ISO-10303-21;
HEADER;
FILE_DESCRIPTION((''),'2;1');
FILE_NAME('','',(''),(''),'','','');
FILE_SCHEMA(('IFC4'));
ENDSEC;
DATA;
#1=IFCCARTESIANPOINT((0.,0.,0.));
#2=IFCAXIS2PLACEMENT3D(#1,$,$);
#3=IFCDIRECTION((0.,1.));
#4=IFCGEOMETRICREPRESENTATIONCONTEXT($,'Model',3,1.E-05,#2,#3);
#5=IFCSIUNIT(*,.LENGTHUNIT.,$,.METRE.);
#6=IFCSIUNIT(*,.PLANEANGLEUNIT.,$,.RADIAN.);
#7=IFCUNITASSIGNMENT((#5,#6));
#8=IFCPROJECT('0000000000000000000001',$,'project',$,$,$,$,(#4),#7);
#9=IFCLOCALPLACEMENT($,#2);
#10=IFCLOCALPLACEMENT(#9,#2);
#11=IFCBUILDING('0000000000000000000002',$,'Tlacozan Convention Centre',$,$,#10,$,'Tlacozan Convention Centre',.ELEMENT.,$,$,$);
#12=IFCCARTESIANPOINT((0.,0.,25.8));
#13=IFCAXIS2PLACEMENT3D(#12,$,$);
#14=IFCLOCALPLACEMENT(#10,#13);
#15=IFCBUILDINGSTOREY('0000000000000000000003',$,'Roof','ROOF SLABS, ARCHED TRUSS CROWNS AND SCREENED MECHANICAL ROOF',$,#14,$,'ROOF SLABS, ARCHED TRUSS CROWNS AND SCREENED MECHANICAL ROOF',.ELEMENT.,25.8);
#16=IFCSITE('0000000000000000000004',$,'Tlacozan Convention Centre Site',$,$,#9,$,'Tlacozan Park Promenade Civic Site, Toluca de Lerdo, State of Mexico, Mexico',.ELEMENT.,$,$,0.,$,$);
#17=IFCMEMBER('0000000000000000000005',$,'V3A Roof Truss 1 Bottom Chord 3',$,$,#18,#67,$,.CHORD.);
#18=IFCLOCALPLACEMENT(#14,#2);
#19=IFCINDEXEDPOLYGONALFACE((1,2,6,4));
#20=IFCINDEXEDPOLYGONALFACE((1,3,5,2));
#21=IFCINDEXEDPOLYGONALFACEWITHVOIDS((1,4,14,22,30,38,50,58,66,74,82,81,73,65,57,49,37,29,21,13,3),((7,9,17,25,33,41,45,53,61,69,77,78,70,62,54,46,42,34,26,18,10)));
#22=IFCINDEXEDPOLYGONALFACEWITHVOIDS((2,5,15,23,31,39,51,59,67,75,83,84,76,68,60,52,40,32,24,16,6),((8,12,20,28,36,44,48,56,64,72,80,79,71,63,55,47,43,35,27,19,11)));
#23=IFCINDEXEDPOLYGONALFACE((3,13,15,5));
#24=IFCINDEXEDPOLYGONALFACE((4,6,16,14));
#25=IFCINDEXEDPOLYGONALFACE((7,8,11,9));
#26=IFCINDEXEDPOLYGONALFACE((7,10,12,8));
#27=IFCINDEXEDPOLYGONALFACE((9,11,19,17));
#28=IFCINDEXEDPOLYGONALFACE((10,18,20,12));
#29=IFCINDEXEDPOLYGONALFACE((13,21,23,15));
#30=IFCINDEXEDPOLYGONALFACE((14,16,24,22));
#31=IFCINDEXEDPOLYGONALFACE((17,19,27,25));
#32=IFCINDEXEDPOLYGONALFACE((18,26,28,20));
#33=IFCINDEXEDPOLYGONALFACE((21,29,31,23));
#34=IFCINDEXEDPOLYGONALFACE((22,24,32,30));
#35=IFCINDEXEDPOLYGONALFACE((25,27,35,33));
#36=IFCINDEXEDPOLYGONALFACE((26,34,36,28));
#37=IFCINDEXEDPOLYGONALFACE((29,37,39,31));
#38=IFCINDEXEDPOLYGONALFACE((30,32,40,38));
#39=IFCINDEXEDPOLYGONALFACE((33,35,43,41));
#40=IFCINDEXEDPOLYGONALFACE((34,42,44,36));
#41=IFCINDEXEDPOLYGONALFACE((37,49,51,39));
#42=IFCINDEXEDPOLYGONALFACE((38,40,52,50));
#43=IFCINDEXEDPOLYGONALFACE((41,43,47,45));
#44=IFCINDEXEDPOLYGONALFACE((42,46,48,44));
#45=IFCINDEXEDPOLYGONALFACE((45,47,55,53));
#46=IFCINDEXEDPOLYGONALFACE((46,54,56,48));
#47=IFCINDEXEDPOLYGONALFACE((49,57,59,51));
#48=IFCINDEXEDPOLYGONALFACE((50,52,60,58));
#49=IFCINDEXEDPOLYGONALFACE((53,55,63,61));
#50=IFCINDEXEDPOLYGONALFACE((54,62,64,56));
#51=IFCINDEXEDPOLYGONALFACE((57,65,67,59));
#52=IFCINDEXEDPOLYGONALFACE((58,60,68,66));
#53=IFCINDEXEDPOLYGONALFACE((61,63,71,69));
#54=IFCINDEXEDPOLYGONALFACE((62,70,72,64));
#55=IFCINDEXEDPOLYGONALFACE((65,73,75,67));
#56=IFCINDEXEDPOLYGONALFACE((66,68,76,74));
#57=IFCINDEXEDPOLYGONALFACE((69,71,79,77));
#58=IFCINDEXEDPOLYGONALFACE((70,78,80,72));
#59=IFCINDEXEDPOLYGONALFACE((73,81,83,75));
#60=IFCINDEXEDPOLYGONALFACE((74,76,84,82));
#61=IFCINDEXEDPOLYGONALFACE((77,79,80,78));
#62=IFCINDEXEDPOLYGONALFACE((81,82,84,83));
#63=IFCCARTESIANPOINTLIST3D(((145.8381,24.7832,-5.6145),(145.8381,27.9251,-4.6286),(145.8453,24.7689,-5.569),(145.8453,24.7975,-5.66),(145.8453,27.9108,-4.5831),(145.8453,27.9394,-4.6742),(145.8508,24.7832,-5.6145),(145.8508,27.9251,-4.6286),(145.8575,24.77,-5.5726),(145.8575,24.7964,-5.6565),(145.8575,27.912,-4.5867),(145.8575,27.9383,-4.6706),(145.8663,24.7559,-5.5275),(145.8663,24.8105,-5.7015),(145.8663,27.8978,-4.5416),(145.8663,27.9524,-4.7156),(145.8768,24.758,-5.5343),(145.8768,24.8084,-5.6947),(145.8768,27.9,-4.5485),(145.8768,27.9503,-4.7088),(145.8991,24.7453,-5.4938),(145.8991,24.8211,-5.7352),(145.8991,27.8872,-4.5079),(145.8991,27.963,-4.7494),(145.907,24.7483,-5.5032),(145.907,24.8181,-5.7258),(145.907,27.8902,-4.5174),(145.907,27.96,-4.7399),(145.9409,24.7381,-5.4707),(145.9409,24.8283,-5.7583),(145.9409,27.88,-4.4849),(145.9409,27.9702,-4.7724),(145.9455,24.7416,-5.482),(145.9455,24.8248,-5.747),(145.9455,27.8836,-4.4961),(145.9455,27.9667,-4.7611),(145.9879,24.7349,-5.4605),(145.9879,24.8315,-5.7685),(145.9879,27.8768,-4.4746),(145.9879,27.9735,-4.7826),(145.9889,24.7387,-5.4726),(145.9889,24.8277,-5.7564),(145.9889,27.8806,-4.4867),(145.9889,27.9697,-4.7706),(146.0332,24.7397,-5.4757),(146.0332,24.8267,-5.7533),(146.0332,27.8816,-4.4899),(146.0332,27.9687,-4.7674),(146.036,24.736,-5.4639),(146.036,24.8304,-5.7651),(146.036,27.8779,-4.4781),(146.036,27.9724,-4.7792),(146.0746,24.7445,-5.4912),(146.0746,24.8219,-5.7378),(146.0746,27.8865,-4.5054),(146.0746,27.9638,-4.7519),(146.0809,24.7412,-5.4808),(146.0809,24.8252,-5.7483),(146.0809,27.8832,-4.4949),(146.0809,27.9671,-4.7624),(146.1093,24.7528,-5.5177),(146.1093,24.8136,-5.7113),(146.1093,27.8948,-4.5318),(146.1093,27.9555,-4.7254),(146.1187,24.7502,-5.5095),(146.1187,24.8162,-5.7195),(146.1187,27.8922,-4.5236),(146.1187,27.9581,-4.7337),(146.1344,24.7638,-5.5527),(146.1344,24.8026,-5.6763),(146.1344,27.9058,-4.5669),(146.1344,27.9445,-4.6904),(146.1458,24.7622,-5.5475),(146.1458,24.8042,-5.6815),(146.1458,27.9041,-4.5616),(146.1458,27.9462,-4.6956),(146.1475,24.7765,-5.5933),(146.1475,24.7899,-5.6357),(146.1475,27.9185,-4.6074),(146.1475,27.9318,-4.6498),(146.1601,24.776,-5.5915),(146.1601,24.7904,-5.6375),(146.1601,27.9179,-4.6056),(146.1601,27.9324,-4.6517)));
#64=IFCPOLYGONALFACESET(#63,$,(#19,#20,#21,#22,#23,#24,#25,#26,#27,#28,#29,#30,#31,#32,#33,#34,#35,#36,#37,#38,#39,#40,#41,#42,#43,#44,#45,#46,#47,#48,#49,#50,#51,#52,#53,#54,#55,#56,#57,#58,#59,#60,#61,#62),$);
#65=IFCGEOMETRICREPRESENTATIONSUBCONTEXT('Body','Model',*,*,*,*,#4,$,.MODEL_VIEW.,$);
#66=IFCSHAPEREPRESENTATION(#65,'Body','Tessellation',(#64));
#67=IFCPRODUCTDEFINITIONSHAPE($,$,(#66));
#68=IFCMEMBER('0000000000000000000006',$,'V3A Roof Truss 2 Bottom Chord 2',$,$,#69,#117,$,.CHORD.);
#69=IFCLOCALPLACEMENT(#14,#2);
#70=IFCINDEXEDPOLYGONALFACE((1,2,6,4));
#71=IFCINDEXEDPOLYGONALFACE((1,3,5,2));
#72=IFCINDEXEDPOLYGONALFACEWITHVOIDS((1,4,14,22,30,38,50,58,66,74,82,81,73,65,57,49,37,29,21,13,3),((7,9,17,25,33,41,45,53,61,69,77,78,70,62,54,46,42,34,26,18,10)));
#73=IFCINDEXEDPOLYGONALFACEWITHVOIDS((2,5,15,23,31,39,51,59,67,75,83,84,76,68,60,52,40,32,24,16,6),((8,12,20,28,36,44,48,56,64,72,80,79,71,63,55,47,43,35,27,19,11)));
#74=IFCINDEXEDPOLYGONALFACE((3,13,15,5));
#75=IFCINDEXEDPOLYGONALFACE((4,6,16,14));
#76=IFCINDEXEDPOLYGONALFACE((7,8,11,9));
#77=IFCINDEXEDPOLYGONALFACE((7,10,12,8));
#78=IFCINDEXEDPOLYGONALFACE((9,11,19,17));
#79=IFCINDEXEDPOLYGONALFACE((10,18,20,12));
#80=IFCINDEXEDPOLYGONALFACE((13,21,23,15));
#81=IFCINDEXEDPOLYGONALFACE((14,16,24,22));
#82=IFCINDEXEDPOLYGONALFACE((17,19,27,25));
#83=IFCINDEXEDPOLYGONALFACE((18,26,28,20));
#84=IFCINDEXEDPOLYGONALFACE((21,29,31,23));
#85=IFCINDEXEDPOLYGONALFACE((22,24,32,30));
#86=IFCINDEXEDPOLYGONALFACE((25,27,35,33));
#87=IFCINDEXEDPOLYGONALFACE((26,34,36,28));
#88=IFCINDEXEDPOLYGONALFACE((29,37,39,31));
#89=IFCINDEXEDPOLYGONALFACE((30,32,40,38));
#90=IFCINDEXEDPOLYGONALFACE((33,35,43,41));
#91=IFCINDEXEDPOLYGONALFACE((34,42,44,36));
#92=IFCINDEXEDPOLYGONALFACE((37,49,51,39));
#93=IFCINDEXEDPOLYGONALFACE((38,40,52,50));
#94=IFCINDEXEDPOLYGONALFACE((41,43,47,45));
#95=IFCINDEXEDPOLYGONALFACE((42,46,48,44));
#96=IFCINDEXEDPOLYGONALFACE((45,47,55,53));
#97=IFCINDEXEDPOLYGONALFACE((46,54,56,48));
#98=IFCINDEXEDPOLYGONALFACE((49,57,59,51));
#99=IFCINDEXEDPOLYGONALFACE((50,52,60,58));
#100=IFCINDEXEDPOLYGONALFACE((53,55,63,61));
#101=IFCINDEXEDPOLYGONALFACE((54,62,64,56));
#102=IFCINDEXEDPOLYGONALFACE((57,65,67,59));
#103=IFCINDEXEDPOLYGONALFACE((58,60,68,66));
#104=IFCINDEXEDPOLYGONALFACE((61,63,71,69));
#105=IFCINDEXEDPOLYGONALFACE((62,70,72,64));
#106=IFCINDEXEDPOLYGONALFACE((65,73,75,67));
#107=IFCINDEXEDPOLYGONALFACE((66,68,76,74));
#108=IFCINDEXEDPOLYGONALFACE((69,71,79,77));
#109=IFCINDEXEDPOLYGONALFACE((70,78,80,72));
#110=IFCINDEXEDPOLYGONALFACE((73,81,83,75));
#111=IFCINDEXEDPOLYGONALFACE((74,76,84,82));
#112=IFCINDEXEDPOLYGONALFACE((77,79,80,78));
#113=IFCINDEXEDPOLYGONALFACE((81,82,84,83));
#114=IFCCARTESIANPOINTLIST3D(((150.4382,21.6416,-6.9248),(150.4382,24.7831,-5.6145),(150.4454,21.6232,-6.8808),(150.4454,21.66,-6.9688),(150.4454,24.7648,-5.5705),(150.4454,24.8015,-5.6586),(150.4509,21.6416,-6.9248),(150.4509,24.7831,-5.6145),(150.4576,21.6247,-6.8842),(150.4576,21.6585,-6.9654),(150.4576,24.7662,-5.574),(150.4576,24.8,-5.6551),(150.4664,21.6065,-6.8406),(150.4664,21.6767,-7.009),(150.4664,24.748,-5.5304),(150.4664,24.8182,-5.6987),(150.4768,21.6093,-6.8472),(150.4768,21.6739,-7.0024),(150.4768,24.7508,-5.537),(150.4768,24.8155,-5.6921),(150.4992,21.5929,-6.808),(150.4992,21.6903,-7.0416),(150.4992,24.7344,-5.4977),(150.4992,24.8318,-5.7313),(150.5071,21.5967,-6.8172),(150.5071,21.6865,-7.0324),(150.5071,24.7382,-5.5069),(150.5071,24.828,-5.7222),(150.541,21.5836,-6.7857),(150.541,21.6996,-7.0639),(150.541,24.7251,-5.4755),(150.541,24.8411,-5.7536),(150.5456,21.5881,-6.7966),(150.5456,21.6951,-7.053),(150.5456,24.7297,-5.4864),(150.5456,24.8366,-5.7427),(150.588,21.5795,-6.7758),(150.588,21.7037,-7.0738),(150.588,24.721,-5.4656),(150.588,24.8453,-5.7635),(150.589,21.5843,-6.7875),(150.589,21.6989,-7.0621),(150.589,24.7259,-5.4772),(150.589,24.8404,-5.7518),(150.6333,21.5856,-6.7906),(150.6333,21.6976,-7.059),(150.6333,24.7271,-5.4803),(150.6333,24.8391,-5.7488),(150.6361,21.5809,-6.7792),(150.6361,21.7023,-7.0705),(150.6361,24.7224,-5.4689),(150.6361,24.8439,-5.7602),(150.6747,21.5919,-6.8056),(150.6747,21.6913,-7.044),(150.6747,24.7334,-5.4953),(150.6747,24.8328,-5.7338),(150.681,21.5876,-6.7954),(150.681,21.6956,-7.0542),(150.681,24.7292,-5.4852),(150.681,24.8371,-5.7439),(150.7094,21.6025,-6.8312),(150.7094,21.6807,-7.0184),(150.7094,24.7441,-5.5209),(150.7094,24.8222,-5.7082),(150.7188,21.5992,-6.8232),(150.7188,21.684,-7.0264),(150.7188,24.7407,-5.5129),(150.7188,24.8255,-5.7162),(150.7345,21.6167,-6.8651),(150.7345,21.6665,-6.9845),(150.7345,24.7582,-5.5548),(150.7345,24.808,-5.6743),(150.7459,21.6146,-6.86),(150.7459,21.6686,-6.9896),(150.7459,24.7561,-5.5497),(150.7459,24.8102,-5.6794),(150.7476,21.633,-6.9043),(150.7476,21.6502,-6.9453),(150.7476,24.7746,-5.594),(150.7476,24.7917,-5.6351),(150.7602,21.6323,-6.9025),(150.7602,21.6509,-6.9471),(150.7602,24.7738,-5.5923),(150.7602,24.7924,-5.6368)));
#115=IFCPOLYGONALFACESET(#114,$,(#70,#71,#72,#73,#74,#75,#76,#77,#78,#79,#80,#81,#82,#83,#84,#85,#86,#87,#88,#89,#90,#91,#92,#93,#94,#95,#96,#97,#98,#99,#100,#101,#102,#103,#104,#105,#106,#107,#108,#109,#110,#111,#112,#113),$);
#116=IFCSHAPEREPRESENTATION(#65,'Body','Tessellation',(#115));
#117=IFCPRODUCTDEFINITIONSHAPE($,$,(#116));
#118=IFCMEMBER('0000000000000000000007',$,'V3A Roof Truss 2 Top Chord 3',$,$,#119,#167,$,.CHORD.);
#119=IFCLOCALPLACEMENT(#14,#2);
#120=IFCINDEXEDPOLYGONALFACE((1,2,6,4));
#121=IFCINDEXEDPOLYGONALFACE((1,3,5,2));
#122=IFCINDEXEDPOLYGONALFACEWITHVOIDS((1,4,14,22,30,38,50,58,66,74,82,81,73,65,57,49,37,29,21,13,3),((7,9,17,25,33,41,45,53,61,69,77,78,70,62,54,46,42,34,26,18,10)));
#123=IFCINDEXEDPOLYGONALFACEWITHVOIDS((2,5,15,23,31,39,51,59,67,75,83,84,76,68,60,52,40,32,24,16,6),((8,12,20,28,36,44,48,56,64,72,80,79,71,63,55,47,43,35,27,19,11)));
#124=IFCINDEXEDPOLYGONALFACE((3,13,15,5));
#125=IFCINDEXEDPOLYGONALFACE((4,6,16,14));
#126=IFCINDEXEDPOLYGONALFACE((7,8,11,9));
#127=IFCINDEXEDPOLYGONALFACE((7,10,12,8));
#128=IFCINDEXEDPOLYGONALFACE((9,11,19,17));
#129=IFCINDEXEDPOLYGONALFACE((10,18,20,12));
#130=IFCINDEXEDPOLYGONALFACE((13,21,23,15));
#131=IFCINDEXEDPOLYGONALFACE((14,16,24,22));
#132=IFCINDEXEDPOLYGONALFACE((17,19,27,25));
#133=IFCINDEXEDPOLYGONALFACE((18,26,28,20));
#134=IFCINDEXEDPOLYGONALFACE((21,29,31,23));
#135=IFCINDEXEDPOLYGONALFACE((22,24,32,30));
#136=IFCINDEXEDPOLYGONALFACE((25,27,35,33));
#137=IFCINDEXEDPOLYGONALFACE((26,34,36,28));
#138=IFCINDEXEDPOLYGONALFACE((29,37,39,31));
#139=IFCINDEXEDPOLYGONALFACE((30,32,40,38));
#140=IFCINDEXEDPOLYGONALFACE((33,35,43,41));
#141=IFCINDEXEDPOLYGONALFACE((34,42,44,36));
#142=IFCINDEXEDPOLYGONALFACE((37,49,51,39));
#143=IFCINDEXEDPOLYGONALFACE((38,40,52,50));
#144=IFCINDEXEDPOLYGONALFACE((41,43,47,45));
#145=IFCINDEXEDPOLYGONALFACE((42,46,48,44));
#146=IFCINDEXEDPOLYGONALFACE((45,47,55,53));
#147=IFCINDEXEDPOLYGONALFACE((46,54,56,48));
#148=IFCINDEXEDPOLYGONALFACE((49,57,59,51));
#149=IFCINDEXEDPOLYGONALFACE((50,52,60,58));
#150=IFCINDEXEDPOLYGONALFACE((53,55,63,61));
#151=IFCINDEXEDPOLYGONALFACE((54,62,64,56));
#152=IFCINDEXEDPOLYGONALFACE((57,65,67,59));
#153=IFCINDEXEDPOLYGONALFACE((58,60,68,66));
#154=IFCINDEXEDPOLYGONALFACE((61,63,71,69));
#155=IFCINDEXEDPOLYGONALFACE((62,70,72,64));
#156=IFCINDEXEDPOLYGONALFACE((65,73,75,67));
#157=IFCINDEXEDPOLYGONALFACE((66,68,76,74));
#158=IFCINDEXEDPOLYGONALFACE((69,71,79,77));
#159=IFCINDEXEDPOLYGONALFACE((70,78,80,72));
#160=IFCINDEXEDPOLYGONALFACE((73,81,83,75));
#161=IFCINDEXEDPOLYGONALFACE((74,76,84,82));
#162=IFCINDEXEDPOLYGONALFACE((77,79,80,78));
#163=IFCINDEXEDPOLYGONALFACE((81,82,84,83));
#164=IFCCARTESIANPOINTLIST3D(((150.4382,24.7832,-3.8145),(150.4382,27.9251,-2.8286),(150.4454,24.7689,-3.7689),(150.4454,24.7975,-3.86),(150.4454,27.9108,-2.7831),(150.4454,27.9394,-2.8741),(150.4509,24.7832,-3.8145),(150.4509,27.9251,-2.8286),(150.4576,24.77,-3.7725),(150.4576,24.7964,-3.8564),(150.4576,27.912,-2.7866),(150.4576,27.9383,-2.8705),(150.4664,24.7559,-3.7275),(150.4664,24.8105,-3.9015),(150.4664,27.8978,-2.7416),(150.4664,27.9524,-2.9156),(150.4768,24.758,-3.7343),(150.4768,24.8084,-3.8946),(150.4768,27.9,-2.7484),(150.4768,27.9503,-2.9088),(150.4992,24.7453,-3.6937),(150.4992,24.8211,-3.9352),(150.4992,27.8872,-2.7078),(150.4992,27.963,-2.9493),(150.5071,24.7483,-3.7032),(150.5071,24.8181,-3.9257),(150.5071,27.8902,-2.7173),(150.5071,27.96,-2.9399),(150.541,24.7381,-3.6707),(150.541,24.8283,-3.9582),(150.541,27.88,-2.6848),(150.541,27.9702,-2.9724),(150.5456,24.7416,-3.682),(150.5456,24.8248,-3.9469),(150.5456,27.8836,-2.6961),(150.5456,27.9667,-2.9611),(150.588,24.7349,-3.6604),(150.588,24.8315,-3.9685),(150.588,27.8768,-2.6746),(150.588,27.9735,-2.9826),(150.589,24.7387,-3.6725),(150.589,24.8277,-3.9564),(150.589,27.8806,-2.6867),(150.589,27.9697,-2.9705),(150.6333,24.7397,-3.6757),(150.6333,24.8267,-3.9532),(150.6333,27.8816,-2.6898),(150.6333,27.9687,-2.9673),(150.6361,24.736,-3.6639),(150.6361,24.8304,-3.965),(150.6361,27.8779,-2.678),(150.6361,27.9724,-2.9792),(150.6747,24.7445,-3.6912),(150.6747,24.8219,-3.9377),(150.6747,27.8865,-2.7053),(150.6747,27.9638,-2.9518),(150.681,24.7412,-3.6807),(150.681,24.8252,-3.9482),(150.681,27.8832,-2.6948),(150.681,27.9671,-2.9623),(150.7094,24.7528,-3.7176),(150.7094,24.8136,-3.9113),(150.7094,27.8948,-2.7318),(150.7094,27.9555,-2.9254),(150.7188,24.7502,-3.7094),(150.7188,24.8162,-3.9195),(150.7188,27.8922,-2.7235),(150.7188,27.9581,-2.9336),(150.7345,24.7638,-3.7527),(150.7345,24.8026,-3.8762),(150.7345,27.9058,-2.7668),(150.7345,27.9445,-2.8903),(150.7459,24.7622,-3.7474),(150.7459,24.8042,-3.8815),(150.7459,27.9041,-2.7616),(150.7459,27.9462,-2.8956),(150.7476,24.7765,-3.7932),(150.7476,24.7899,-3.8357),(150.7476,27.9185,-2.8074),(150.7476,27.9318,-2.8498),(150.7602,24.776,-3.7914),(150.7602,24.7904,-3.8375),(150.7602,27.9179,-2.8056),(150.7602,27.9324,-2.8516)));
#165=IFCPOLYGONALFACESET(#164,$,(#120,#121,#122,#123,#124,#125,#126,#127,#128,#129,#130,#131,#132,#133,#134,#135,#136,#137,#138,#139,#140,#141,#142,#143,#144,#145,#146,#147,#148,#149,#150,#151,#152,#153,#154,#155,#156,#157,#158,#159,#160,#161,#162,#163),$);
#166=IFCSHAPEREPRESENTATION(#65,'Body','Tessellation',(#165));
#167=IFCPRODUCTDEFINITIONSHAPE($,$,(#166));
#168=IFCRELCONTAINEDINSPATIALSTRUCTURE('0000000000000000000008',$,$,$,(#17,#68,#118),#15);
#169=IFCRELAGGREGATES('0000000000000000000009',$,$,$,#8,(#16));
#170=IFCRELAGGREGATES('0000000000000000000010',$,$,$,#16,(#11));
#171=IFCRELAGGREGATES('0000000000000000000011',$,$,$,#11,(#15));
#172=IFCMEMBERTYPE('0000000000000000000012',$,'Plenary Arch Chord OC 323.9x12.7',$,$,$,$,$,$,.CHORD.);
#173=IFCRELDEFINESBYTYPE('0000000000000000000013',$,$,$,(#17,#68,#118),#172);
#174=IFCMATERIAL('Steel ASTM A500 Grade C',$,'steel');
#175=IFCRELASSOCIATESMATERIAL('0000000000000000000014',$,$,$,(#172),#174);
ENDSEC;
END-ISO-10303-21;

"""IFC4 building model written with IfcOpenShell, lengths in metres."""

from ifc_helpers import new_model, si_unit, direction, frame, origin, origin_2d, place, context, subcontext, project, spatial, hollow_circle, extrude, material, material_profile, profile_set, type_object, element, save


model = new_model("IFC4")

# Units and contexts
model_context = context("Model", 3, precision=1e-05, world=origin(), true_north=direction((0.0, 1.0)))
body_context = subcontext(model_context, "Body", "Model", "MODEL_VIEW")
ifc_project = project(units=[si_unit("LENGTHUNIT", "METRE"), si_unit("PLANEANGLEUNIT", "RADIAN")], contexts=[model_context])

# Site, building, storey
site_placement = place(None, origin())
site = spatial("IfcSite", under=ifc_project, at=site_placement, Name="Tlacozan Convention Centre Site", LongName="Tlacozan Park Promenade Civic Site, Toluca de Lerdo, State of Mexico, Mexico", CompositionType="ELEMENT", RefElevation=0.0)
building_placement = place(site_placement, origin())
building = spatial("IfcBuilding", under=site, at=building_placement, Name="Tlacozan Convention Centre", LongName="Tlacozan Convention Centre", CompositionType="ELEMENT")
storey_placement = place(building_placement, frame((0.0, 0.0, 25.8)))
storey = spatial("IfcBuildingStorey", under=building, at=storey_placement, Name="Roof", Description="ROOF SLABS, ARCHED TRUSS CROWNS AND SCREENED MECHANICAL ROOF", LongName="ROOF SLABS, ARCHED TRUSS CROWNS AND SCREENED MECHANICAL ROOF", CompositionType="ELEMENT", Elevation=25.8)

# Members
ifc_material_1 = material(Name="Steel ASTM A500 Grade C", Category="steel")
ifc_material_profile_1 = material_profile(ifc_material_1, hollow_circle(Radius=0.1619, WallThickness=0.0127, at=origin_2d()), Name="OC 323.9x12.7")
ifc_profile_set_1 = profile_set([ifc_material_profile_1], Name="Steel ASTM A500 Grade C")
member_type_1 = type_object("IfcMemberType", Name="Plenary Arch Chord OC 323.9x12.7", PredefinedType="CHORD", material=ifc_profile_set_1)
for number, where, z_axis, x_axis, name in (
    (1, (146.0, 24.7832, -5.6145), (0.0, 0.954132, 0.299385), (-1.0, 0.0, 0.0), "V3A Roof Truss 1 Bottom Chord 3"),
):
    element("IfcMember", number, at=place(storey_placement, frame(where, z_axis=z_axis, x_axis=x_axis)), inside=storey, type_object=member_type_1, Name=name, PredefinedType="CHORD", context=body_context, shape_type="SweptSolid", body=[
        extrude(hollow_circle(Radius=0.1619, WallThickness=0.0127, at=origin_2d()), origin(), (0.0, 0.0, 1.0), 3.293),
    ])
member_1_placement = place(storey_placement, frame((150.6001, 21.6416, -6.9248), z_axis=(0.0, 0.922941, 0.384941), x_axis=(-1.0, 0.0, 0.0)))
element("IfcMember", 2, at=member_1_placement, inside=storey, type_object=member_type_1, Name="V3A Roof Truss 2 Bottom Chord 2", PredefinedType="CHORD", context=body_context, shape_type="SweptSolid", body=[
    extrude(hollow_circle(Radius=0.1619, WallThickness=0.0127, at=origin_2d()), origin(), (0.0, 0.0, 1.0), 3.4038),
])
for number, where, z_axis, x_axis, name in (
    (3, (150.6001, 24.7832, -3.8145), (0.0, 0.954132, 0.299385), (-1.0, 0.0, 0.0), "V3A Roof Truss 2 Top Chord 3"),
):
    element("IfcMember", number, at=place(storey_placement, frame(where, z_axis=z_axis, x_axis=x_axis)), inside=storey, type_object=member_type_1, Name=name, PredefinedType="CHORD", context=body_context, shape_type="SweptSolid", body=[
        extrude(hollow_circle(Radius=0.1619, WallThickness=0.0127, at=origin_2d()), origin(), (0.0, 0.0, 1.0), 3.293),
    ])

save(model, "model.ifc")
